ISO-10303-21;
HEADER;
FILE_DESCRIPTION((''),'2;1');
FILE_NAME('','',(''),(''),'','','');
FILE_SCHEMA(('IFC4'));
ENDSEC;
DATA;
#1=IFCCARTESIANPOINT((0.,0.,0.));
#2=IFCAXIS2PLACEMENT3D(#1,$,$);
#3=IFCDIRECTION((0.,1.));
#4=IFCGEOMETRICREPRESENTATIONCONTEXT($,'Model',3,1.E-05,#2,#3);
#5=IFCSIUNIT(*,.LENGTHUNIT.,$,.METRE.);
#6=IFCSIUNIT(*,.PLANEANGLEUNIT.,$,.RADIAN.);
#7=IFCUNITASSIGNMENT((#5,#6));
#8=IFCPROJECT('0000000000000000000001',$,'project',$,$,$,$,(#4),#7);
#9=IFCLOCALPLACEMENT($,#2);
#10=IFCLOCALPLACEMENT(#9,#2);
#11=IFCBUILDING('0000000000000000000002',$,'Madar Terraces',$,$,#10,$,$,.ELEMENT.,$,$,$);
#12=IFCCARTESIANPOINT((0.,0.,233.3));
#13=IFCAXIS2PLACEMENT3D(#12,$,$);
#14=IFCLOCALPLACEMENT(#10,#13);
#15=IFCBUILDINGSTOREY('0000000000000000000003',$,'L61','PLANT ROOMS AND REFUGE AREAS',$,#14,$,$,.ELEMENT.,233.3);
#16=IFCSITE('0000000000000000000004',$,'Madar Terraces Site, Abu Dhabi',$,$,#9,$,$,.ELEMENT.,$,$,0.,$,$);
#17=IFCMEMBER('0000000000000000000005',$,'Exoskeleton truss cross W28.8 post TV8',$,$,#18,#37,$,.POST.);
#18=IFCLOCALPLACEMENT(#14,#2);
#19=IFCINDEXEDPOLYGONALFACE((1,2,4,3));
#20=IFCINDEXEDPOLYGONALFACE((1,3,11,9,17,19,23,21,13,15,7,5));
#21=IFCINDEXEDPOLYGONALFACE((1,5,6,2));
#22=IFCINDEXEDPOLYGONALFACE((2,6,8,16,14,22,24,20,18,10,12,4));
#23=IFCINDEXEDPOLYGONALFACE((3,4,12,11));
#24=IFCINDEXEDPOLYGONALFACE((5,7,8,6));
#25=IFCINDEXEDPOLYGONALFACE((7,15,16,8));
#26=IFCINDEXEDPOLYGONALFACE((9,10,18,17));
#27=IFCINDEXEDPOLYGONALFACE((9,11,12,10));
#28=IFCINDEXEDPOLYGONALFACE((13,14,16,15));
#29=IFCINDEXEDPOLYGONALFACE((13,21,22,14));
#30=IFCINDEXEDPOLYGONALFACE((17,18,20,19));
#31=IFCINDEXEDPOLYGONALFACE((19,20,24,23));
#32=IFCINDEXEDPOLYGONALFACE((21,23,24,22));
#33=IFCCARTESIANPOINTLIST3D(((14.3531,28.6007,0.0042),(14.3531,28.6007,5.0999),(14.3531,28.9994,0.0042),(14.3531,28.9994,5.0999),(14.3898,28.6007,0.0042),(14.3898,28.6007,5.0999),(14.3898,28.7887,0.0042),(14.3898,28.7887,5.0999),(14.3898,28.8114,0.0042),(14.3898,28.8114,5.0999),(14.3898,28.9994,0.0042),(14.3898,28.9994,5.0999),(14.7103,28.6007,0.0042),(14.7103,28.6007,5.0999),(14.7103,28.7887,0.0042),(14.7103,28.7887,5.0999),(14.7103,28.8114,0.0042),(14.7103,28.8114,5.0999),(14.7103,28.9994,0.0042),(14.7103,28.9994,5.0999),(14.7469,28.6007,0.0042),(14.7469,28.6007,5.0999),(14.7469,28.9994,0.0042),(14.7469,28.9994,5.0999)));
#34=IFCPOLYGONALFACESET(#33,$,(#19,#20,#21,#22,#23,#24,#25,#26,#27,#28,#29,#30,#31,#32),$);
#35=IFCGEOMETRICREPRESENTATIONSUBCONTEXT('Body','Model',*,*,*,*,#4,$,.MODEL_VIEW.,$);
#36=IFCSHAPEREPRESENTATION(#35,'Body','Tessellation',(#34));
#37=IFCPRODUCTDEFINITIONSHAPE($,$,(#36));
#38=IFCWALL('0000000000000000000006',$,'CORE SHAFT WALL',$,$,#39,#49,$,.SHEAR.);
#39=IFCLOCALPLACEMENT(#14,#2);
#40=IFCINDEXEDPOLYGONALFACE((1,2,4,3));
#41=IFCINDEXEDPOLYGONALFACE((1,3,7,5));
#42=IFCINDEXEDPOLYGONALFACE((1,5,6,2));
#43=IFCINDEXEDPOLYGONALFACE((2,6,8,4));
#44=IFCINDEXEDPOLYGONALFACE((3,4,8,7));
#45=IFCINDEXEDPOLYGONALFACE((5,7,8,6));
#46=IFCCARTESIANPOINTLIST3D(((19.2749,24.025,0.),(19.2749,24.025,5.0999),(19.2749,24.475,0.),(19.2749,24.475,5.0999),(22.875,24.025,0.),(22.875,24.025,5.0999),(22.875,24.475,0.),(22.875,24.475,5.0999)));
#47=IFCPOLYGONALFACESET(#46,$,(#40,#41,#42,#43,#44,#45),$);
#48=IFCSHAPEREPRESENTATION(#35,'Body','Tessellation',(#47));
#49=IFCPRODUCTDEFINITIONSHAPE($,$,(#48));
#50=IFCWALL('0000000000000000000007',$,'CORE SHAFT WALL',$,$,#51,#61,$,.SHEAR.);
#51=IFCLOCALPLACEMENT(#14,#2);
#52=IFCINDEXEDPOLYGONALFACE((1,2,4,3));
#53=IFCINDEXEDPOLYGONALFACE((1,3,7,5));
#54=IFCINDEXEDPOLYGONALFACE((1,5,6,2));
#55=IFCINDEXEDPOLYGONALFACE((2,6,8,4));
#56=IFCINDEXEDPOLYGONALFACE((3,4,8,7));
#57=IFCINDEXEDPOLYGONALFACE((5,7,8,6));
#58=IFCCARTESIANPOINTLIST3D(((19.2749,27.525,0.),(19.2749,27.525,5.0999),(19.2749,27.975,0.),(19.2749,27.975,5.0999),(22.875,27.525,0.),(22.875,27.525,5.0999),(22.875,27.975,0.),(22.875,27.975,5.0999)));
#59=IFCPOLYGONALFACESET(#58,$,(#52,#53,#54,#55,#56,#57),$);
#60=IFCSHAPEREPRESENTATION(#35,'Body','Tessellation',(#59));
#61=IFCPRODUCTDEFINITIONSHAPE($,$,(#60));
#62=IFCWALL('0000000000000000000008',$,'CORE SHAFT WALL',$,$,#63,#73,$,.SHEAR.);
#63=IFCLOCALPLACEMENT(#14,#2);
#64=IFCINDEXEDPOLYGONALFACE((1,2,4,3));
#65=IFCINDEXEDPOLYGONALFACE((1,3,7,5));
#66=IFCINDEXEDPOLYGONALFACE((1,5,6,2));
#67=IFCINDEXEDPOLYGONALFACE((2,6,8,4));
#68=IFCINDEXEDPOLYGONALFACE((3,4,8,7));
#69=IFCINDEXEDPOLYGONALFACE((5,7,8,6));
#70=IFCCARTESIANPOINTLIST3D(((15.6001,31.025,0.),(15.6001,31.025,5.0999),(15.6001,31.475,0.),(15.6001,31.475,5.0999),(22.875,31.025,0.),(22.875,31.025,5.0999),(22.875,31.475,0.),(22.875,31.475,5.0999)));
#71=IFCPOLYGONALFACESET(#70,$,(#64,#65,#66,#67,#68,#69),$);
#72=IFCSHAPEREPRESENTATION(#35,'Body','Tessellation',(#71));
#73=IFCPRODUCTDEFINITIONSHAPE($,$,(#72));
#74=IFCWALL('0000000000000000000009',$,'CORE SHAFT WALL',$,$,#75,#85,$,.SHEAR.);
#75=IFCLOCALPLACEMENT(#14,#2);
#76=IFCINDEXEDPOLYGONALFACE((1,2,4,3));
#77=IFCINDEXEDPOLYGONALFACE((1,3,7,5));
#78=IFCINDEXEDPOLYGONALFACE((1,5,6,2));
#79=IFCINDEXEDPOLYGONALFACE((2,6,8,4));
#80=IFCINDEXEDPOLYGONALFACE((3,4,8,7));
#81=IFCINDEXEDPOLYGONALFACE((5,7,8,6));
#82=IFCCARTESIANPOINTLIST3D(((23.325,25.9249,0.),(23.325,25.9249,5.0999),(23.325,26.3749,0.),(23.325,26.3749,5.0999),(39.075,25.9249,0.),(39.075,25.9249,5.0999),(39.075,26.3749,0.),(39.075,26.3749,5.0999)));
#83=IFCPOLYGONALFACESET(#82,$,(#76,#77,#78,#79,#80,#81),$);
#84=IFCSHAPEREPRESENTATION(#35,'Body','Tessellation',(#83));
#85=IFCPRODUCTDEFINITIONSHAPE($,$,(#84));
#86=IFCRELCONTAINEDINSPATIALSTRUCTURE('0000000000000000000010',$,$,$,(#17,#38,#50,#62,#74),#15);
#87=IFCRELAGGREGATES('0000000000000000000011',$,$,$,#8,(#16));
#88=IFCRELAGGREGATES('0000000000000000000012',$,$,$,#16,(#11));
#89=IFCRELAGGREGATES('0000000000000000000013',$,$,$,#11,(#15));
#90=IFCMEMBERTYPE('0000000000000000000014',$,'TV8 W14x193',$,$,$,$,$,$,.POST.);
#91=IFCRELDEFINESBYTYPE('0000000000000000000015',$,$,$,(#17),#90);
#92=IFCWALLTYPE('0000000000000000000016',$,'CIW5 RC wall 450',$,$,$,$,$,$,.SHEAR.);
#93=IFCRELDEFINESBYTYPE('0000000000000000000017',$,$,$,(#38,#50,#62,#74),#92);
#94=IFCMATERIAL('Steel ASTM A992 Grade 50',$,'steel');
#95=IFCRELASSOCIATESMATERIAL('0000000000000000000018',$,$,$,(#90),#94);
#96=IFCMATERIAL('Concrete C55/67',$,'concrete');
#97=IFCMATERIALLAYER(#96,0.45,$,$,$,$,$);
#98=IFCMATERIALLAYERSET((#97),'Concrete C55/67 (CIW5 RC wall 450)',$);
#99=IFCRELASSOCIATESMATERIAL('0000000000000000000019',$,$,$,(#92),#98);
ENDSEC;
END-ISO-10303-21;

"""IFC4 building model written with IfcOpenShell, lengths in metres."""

from ifc_helpers import new_model, si_unit, direction, frame, frame_2d, origin, origin_2d, place, context, subcontext, project, spatial, rectangle, i_section, extrude, material, layer, layer_set, material_profile, profile_set, type_object, element, save


model = new_model("IFC4")

# Units and contexts
model_context = context("Model", 3, precision=1e-05, world=origin(), true_north=direction((0.0, 1.0)))
body_context = subcontext(model_context, "Body", "Model", "MODEL_VIEW")
ifc_project = project(units=[si_unit("LENGTHUNIT", "METRE"), si_unit("PLANEANGLEUNIT", "RADIAN")], contexts=[model_context])

# Site, building, storey
site_placement = place(None, origin())
site = spatial("IfcSite", under=ifc_project, at=site_placement, Name="Madar Terraces Site, Abu Dhabi", CompositionType="ELEMENT", RefElevation=0.0)
building_placement = place(site_placement, origin())
building = spatial("IfcBuilding", under=site, at=building_placement, Name="Madar Terraces", CompositionType="ELEMENT")
storey_placement = place(building_placement, frame((0.0, 0.0, 233.3)))
storey = spatial("IfcBuildingStorey", under=building, at=storey_placement, Name="L61", Description="PLANT ROOMS AND REFUGE AREAS", CompositionType="ELEMENT", Elevation=233.3)

# Member
ifc_material_1 = material(Name="Steel ASTM A992 Grade 50", Category="steel")
ifc_material_profile_1 = material_profile(ifc_material_1, i_section(OverallWidth=0.3987, OverallDepth=0.3938, WebThickness=0.0227, FlangeThickness=0.0366, at=origin_2d()), Name="W14x193")
ifc_profile_set_1 = profile_set([ifc_material_profile_1], Name="Steel ASTM A992 Grade 50")
member_type_1 = type_object("IfcMemberType", Name="TV8 W14x193", PredefinedType="POST", material=ifc_profile_set_1)
for number, where, z_axis, x_axis, name in (
    (1, (14.55, 28.8, 0.0042), (0.0, 0.0, 1.0), (0.0, 1.0, 0.0), "Exoskeleton truss cross W28.8 post TV8"),
):
    element("IfcMember", number, at=place(storey_placement, frame(where, z_axis=z_axis, x_axis=x_axis)), inside=storey, type_object=member_type_1, Name=name, PredefinedType="POST", context=body_context, shape_type="SweptSolid", body=[
        extrude(i_section(OverallWidth=0.3987, OverallDepth=0.3938, WebThickness=0.0227, FlangeThickness=0.0366, at=origin_2d()), origin(), (0.0, 0.0, 1.0), 5.0957),
    ])

# Walls
ifc_material_2 = material(Name="Concrete C55/67", Category="concrete")
ifc_layer_1 = layer(ifc_material_2, 0.45)
ifc_layer_set_1 = layer_set([ifc_layer_1], Name="Concrete C55/67 (CIW5 RC wall 450)")
wall_type_1 = type_object("IfcWallType", Name="CIW5 RC wall 450", PredefinedType="SHEAR", material=ifc_layer_set_1)
for number, where, z_axis, x_axis, name in (
    (2, (19.2749, 24.25, 0.0), (0.0, 0.0, 1.0), (1.0, 0.0, 0.0), "CORE SHAFT WALL"),
    (3, (19.2749, 27.75, 0.0), (0.0, 0.0, 1.0), (1.0, 0.0, 0.0), "CORE SHAFT WALL"),
):
    element("IfcWall", number, at=place(storey_placement, frame(where, z_axis=z_axis, x_axis=x_axis)), inside=storey, type_object=wall_type_1, Name=name, PredefinedType="SHEAR", context=body_context, shape_type="SweptSolid", body=[
        extrude(rectangle(XDim=3.6001, YDim=0.45, at=frame_2d((1.8, 0.0))), origin(), (0.0, 0.0, 1.0), 5.0999),
    ])
wall_1_placement = place(storey_placement, frame((15.6001, 31.25, 0.0), z_axis=(0.0, 0.0, 1.0), x_axis=(1.0, 0.0, 0.0)))
element("IfcWall", 4, at=wall_1_placement, inside=storey, type_object=wall_type_1, Name="CORE SHAFT WALL", PredefinedType="SHEAR", context=body_context, shape_type="SweptSolid", body=[
    extrude(rectangle(XDim=7.2749, YDim=0.45, at=frame_2d((3.6375, 0.0))), origin(), (0.0, 0.0, 1.0), 5.0999),
])
wall_2_placement = place(storey_placement, frame((23.325, 26.1499, 0.0), z_axis=(0.0, 0.0, 1.0), x_axis=(1.0, 0.0, 0.0)))
element("IfcWall", 5, at=wall_2_placement, inside=storey, type_object=wall_type_1, Name="CORE SHAFT WALL", PredefinedType="SHEAR", context=body_context, shape_type="SweptSolid", body=[
    extrude(rectangle(XDim=15.75, YDim=0.45, at=frame_2d((7.875, 0.0))), origin(), (0.0, 0.0, 1.0), 5.0999),
])

save(model, "model.ifc")
